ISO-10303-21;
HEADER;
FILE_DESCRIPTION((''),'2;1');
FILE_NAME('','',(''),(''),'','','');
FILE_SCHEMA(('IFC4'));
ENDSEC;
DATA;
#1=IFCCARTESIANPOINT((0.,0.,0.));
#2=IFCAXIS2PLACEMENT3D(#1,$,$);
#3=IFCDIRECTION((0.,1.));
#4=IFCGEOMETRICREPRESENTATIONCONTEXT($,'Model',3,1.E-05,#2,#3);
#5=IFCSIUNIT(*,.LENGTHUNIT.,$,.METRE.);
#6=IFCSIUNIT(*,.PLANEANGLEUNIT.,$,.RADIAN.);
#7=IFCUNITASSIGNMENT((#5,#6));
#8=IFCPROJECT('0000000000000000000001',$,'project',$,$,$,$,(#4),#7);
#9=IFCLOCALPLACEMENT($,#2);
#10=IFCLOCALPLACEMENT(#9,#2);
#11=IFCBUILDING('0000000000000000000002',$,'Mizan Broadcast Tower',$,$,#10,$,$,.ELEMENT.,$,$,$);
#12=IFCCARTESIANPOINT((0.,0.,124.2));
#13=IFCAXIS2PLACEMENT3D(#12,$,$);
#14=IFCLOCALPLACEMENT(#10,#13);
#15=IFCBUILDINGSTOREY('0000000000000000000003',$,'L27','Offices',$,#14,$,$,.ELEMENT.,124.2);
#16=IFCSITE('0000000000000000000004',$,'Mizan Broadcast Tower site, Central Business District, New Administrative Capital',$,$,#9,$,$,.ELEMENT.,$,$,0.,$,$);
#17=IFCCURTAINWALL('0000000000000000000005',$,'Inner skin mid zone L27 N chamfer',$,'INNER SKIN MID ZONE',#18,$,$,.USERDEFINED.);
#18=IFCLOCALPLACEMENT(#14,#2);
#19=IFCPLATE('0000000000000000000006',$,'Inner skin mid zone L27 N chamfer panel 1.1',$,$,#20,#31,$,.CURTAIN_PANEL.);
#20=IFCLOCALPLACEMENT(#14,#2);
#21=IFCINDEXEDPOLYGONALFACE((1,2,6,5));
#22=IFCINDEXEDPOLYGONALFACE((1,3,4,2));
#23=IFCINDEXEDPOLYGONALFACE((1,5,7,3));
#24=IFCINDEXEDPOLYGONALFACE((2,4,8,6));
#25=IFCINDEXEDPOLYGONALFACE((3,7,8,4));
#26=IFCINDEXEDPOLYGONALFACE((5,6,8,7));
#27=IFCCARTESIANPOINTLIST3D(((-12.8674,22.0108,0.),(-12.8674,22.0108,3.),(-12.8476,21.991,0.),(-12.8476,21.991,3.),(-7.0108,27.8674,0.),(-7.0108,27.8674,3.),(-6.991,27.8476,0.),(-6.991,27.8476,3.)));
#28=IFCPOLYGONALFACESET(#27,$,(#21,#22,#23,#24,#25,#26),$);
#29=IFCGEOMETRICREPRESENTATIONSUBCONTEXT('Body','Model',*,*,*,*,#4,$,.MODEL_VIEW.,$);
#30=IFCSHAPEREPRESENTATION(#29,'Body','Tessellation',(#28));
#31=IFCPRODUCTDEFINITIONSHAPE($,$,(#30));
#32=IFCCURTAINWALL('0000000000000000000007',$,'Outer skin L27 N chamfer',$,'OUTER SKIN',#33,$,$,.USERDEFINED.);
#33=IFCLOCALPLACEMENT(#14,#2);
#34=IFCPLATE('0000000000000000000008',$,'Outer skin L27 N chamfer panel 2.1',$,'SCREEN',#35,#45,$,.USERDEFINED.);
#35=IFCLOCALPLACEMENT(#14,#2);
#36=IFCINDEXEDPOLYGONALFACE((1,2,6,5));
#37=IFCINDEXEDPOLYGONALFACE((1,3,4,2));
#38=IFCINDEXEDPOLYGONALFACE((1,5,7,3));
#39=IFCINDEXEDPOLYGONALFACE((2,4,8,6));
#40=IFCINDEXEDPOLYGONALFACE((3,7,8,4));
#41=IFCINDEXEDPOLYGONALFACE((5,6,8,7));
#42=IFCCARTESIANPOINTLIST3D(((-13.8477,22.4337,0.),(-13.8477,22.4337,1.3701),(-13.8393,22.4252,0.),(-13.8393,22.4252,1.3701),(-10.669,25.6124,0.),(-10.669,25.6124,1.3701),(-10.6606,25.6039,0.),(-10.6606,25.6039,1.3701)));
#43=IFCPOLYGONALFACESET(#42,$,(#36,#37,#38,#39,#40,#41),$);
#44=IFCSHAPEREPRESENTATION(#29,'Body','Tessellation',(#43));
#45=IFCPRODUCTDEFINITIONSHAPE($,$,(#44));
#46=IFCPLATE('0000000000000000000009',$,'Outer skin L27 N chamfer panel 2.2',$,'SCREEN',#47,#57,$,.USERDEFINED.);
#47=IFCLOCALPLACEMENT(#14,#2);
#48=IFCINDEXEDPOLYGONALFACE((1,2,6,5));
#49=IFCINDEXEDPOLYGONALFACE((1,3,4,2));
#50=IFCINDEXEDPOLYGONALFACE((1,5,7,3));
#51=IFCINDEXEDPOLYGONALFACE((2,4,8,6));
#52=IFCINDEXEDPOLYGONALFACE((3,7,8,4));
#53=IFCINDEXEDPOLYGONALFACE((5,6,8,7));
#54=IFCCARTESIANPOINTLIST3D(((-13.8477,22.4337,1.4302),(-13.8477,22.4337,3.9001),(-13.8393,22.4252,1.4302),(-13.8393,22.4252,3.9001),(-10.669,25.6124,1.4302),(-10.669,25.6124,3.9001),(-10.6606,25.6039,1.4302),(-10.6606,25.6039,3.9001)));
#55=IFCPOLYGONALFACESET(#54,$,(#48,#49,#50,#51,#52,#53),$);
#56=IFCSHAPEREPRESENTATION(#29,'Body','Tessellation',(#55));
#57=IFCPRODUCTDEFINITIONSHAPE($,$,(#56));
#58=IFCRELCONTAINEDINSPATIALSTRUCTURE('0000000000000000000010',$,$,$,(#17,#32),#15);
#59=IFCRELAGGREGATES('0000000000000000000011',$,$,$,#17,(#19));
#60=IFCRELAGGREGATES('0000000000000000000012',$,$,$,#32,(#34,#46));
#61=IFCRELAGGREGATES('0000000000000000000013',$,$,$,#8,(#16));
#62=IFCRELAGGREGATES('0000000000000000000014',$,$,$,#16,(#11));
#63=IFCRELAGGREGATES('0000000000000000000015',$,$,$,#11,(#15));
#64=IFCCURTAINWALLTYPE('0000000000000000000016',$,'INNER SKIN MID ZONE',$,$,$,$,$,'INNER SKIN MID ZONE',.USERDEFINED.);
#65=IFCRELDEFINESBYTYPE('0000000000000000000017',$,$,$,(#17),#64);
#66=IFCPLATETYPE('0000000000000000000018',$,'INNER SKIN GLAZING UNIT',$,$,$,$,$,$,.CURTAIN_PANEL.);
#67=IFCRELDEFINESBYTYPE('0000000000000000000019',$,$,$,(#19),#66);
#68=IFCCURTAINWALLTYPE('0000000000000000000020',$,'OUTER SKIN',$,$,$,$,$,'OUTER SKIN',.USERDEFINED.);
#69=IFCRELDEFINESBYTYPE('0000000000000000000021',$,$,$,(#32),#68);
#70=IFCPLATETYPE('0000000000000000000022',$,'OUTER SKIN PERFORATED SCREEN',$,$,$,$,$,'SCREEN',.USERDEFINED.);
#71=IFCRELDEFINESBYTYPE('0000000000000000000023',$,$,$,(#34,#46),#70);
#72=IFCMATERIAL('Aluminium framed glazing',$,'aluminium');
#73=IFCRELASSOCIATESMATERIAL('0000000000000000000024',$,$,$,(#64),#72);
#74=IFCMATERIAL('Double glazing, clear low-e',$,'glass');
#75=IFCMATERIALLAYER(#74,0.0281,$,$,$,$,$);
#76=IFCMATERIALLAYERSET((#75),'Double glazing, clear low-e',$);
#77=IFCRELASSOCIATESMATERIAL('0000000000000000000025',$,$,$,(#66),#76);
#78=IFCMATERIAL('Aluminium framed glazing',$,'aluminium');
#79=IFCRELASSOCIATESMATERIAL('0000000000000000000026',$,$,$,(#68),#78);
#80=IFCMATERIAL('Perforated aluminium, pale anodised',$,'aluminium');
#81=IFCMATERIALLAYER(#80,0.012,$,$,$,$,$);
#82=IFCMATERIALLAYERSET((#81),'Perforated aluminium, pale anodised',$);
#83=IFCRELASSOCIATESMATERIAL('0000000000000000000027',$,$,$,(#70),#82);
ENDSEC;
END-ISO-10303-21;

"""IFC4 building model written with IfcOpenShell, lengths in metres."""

from ifc_helpers import new_model, si_unit, direction, frame, origin, origin_2d, place, context, subcontext, project, spatial, rectangle, extrude, material, layer, layer_set, type_object, element, aggregate, save


model = new_model("IFC4")

# Units and contexts
model_context = context("Model", 3, precision=1e-05, world=origin(), true_north=direction((0.0, 1.0)))
body_context = subcontext(model_context, "Body", "Model", "MODEL_VIEW")
ifc_project = project(units=[si_unit("LENGTHUNIT", "METRE"), si_unit("PLANEANGLEUNIT", "RADIAN")], contexts=[model_context])

# Site, building, storey
site_placement = place(None, origin())
site = spatial("IfcSite", under=ifc_project, at=site_placement, Name="Mizan Broadcast Tower site, Central Business District, New Administrative Capital", CompositionType="ELEMENT", RefElevation=0.0)
building_placement = place(site_placement, origin())
building = spatial("IfcBuilding", under=site, at=building_placement, Name="Mizan Broadcast Tower", CompositionType="ELEMENT")
storey_placement = place(building_placement, frame((0.0, 0.0, 124.2)))
storey = spatial("IfcBuildingStorey", under=building, at=storey_placement, Name="L27", Description="Offices", CompositionType="ELEMENT", Elevation=124.2)

# Curtain wall, plate
ifc_material_1 = material(Name="Aluminium framed glazing", Category="aluminium")
curtain_wall_type_1 = type_object("IfcCurtainWallType", Name="INNER SKIN MID ZONE", ElementType="INNER SKIN MID ZONE", PredefinedType="USERDEFINED", material=ifc_material_1)
curtain_wall_1_placement = place(storey_placement, origin())
curtain_wall_1 = element("IfcCurtainWall", 1, at=curtain_wall_1_placement, inside=storey, type_object=curtain_wall_type_1, Name="Inner skin mid zone L27 N chamfer", ObjectType="INNER SKIN MID ZONE", PredefinedType="USERDEFINED")
ifc_material_2 = material(Name="Double glazing, clear low-e", Category="glass")
ifc_layer_1 = layer(ifc_material_2, 0.0281)
ifc_layer_set_1 = layer_set([ifc_layer_1], Name="Double glazing, clear low-e")
plate_type_1 = type_object("IfcPlateType", Name="INNER SKIN GLAZING UNIT", PredefinedType="CURTAIN_PANEL", material=ifc_layer_set_1)
plate_1_placement = place(storey_placement, frame((-9.9292, 24.9292, 0.0), z_axis=(0.0, 0.0, 1.0), x_axis=(-0.707107, -0.707107, 0.0)))
plate_1 = element("IfcPlate", 2, at=plate_1_placement, type_object=plate_type_1, Name="Inner skin mid zone L27 N chamfer panel 1.1", PredefinedType="CURTAIN_PANEL", context=body_context, shape_type="SweptSolid", body=[
    extrude(rectangle(XDim=8.2825, YDim=0.0281, at=origin_2d()), origin(), (0.0, 0.0, 1.0), 3.0),
])
aggregate(curtain_wall_1, [plate_1])

# Curtain wall, plates
ifc_material_3 = material(Name="Aluminium framed glazing", Category="aluminium")
curtain_wall_type_2 = type_object("IfcCurtainWallType", Name="OUTER SKIN", ElementType="OUTER SKIN", PredefinedType="USERDEFINED", material=ifc_material_3)
curtain_wall_2_placement = place(storey_placement, origin())
curtain_wall_2 = element("IfcCurtainWall", 3, at=curtain_wall_2_placement, inside=storey, type_object=curtain_wall_type_2, Name="Outer skin L27 N chamfer", ObjectType="OUTER SKIN", PredefinedType="USERDEFINED")
ifc_material_4 = material(Name="Perforated aluminium, pale anodised", Category="aluminium")
ifc_layer_2 = layer(ifc_material_4, 0.012)
ifc_layer_set_2 = layer_set([ifc_layer_2], Name="Perforated aluminium, pale anodised")
plate_type_2 = type_object("IfcPlateType", Name="OUTER SKIN PERFORATED SCREEN", ElementType="SCREEN", PredefinedType="USERDEFINED", material=ifc_layer_set_2)
plate_2_placement = place(storey_placement, frame((-12.2542, 24.0188, 0.0), z_axis=(0.0, 0.0, 1.0), x_axis=(-0.707107, -0.707107, 0.0)))
plate_2 = element("IfcPlate", 4, at=plate_2_placement, type_object=plate_type_2, Name="Outer skin L27 N chamfer panel 2.1", ObjectType="SCREEN", PredefinedType="USERDEFINED", context=body_context, shape_type="SweptSolid", body=[
    extrude(rectangle(XDim=4.4954, YDim=0.012, at=origin_2d()), origin(), (0.0, 0.0, 1.0), 1.3701),
])
plate_3_placement = place(storey_placement, frame((-12.2542, 24.0188, 1.4302), z_axis=(0.0, 0.0, 1.0), x_axis=(-0.707107, -0.707107, 0.0)))
plate_3 = element("IfcPlate", 5, at=plate_3_placement, type_object=plate_type_2, Name="Outer skin L27 N chamfer panel 2.2", ObjectType="SCREEN", PredefinedType="USERDEFINED", context=body_context, shape_type="SweptSolid", body=[
    extrude(rectangle(XDim=4.4954, YDim=0.012, at=origin_2d()), origin(), (0.0, 0.0, 1.0), 2.47),
])
aggregate(curtain_wall_2, [plate_2, plate_3])

save(model, "model.ifc")
